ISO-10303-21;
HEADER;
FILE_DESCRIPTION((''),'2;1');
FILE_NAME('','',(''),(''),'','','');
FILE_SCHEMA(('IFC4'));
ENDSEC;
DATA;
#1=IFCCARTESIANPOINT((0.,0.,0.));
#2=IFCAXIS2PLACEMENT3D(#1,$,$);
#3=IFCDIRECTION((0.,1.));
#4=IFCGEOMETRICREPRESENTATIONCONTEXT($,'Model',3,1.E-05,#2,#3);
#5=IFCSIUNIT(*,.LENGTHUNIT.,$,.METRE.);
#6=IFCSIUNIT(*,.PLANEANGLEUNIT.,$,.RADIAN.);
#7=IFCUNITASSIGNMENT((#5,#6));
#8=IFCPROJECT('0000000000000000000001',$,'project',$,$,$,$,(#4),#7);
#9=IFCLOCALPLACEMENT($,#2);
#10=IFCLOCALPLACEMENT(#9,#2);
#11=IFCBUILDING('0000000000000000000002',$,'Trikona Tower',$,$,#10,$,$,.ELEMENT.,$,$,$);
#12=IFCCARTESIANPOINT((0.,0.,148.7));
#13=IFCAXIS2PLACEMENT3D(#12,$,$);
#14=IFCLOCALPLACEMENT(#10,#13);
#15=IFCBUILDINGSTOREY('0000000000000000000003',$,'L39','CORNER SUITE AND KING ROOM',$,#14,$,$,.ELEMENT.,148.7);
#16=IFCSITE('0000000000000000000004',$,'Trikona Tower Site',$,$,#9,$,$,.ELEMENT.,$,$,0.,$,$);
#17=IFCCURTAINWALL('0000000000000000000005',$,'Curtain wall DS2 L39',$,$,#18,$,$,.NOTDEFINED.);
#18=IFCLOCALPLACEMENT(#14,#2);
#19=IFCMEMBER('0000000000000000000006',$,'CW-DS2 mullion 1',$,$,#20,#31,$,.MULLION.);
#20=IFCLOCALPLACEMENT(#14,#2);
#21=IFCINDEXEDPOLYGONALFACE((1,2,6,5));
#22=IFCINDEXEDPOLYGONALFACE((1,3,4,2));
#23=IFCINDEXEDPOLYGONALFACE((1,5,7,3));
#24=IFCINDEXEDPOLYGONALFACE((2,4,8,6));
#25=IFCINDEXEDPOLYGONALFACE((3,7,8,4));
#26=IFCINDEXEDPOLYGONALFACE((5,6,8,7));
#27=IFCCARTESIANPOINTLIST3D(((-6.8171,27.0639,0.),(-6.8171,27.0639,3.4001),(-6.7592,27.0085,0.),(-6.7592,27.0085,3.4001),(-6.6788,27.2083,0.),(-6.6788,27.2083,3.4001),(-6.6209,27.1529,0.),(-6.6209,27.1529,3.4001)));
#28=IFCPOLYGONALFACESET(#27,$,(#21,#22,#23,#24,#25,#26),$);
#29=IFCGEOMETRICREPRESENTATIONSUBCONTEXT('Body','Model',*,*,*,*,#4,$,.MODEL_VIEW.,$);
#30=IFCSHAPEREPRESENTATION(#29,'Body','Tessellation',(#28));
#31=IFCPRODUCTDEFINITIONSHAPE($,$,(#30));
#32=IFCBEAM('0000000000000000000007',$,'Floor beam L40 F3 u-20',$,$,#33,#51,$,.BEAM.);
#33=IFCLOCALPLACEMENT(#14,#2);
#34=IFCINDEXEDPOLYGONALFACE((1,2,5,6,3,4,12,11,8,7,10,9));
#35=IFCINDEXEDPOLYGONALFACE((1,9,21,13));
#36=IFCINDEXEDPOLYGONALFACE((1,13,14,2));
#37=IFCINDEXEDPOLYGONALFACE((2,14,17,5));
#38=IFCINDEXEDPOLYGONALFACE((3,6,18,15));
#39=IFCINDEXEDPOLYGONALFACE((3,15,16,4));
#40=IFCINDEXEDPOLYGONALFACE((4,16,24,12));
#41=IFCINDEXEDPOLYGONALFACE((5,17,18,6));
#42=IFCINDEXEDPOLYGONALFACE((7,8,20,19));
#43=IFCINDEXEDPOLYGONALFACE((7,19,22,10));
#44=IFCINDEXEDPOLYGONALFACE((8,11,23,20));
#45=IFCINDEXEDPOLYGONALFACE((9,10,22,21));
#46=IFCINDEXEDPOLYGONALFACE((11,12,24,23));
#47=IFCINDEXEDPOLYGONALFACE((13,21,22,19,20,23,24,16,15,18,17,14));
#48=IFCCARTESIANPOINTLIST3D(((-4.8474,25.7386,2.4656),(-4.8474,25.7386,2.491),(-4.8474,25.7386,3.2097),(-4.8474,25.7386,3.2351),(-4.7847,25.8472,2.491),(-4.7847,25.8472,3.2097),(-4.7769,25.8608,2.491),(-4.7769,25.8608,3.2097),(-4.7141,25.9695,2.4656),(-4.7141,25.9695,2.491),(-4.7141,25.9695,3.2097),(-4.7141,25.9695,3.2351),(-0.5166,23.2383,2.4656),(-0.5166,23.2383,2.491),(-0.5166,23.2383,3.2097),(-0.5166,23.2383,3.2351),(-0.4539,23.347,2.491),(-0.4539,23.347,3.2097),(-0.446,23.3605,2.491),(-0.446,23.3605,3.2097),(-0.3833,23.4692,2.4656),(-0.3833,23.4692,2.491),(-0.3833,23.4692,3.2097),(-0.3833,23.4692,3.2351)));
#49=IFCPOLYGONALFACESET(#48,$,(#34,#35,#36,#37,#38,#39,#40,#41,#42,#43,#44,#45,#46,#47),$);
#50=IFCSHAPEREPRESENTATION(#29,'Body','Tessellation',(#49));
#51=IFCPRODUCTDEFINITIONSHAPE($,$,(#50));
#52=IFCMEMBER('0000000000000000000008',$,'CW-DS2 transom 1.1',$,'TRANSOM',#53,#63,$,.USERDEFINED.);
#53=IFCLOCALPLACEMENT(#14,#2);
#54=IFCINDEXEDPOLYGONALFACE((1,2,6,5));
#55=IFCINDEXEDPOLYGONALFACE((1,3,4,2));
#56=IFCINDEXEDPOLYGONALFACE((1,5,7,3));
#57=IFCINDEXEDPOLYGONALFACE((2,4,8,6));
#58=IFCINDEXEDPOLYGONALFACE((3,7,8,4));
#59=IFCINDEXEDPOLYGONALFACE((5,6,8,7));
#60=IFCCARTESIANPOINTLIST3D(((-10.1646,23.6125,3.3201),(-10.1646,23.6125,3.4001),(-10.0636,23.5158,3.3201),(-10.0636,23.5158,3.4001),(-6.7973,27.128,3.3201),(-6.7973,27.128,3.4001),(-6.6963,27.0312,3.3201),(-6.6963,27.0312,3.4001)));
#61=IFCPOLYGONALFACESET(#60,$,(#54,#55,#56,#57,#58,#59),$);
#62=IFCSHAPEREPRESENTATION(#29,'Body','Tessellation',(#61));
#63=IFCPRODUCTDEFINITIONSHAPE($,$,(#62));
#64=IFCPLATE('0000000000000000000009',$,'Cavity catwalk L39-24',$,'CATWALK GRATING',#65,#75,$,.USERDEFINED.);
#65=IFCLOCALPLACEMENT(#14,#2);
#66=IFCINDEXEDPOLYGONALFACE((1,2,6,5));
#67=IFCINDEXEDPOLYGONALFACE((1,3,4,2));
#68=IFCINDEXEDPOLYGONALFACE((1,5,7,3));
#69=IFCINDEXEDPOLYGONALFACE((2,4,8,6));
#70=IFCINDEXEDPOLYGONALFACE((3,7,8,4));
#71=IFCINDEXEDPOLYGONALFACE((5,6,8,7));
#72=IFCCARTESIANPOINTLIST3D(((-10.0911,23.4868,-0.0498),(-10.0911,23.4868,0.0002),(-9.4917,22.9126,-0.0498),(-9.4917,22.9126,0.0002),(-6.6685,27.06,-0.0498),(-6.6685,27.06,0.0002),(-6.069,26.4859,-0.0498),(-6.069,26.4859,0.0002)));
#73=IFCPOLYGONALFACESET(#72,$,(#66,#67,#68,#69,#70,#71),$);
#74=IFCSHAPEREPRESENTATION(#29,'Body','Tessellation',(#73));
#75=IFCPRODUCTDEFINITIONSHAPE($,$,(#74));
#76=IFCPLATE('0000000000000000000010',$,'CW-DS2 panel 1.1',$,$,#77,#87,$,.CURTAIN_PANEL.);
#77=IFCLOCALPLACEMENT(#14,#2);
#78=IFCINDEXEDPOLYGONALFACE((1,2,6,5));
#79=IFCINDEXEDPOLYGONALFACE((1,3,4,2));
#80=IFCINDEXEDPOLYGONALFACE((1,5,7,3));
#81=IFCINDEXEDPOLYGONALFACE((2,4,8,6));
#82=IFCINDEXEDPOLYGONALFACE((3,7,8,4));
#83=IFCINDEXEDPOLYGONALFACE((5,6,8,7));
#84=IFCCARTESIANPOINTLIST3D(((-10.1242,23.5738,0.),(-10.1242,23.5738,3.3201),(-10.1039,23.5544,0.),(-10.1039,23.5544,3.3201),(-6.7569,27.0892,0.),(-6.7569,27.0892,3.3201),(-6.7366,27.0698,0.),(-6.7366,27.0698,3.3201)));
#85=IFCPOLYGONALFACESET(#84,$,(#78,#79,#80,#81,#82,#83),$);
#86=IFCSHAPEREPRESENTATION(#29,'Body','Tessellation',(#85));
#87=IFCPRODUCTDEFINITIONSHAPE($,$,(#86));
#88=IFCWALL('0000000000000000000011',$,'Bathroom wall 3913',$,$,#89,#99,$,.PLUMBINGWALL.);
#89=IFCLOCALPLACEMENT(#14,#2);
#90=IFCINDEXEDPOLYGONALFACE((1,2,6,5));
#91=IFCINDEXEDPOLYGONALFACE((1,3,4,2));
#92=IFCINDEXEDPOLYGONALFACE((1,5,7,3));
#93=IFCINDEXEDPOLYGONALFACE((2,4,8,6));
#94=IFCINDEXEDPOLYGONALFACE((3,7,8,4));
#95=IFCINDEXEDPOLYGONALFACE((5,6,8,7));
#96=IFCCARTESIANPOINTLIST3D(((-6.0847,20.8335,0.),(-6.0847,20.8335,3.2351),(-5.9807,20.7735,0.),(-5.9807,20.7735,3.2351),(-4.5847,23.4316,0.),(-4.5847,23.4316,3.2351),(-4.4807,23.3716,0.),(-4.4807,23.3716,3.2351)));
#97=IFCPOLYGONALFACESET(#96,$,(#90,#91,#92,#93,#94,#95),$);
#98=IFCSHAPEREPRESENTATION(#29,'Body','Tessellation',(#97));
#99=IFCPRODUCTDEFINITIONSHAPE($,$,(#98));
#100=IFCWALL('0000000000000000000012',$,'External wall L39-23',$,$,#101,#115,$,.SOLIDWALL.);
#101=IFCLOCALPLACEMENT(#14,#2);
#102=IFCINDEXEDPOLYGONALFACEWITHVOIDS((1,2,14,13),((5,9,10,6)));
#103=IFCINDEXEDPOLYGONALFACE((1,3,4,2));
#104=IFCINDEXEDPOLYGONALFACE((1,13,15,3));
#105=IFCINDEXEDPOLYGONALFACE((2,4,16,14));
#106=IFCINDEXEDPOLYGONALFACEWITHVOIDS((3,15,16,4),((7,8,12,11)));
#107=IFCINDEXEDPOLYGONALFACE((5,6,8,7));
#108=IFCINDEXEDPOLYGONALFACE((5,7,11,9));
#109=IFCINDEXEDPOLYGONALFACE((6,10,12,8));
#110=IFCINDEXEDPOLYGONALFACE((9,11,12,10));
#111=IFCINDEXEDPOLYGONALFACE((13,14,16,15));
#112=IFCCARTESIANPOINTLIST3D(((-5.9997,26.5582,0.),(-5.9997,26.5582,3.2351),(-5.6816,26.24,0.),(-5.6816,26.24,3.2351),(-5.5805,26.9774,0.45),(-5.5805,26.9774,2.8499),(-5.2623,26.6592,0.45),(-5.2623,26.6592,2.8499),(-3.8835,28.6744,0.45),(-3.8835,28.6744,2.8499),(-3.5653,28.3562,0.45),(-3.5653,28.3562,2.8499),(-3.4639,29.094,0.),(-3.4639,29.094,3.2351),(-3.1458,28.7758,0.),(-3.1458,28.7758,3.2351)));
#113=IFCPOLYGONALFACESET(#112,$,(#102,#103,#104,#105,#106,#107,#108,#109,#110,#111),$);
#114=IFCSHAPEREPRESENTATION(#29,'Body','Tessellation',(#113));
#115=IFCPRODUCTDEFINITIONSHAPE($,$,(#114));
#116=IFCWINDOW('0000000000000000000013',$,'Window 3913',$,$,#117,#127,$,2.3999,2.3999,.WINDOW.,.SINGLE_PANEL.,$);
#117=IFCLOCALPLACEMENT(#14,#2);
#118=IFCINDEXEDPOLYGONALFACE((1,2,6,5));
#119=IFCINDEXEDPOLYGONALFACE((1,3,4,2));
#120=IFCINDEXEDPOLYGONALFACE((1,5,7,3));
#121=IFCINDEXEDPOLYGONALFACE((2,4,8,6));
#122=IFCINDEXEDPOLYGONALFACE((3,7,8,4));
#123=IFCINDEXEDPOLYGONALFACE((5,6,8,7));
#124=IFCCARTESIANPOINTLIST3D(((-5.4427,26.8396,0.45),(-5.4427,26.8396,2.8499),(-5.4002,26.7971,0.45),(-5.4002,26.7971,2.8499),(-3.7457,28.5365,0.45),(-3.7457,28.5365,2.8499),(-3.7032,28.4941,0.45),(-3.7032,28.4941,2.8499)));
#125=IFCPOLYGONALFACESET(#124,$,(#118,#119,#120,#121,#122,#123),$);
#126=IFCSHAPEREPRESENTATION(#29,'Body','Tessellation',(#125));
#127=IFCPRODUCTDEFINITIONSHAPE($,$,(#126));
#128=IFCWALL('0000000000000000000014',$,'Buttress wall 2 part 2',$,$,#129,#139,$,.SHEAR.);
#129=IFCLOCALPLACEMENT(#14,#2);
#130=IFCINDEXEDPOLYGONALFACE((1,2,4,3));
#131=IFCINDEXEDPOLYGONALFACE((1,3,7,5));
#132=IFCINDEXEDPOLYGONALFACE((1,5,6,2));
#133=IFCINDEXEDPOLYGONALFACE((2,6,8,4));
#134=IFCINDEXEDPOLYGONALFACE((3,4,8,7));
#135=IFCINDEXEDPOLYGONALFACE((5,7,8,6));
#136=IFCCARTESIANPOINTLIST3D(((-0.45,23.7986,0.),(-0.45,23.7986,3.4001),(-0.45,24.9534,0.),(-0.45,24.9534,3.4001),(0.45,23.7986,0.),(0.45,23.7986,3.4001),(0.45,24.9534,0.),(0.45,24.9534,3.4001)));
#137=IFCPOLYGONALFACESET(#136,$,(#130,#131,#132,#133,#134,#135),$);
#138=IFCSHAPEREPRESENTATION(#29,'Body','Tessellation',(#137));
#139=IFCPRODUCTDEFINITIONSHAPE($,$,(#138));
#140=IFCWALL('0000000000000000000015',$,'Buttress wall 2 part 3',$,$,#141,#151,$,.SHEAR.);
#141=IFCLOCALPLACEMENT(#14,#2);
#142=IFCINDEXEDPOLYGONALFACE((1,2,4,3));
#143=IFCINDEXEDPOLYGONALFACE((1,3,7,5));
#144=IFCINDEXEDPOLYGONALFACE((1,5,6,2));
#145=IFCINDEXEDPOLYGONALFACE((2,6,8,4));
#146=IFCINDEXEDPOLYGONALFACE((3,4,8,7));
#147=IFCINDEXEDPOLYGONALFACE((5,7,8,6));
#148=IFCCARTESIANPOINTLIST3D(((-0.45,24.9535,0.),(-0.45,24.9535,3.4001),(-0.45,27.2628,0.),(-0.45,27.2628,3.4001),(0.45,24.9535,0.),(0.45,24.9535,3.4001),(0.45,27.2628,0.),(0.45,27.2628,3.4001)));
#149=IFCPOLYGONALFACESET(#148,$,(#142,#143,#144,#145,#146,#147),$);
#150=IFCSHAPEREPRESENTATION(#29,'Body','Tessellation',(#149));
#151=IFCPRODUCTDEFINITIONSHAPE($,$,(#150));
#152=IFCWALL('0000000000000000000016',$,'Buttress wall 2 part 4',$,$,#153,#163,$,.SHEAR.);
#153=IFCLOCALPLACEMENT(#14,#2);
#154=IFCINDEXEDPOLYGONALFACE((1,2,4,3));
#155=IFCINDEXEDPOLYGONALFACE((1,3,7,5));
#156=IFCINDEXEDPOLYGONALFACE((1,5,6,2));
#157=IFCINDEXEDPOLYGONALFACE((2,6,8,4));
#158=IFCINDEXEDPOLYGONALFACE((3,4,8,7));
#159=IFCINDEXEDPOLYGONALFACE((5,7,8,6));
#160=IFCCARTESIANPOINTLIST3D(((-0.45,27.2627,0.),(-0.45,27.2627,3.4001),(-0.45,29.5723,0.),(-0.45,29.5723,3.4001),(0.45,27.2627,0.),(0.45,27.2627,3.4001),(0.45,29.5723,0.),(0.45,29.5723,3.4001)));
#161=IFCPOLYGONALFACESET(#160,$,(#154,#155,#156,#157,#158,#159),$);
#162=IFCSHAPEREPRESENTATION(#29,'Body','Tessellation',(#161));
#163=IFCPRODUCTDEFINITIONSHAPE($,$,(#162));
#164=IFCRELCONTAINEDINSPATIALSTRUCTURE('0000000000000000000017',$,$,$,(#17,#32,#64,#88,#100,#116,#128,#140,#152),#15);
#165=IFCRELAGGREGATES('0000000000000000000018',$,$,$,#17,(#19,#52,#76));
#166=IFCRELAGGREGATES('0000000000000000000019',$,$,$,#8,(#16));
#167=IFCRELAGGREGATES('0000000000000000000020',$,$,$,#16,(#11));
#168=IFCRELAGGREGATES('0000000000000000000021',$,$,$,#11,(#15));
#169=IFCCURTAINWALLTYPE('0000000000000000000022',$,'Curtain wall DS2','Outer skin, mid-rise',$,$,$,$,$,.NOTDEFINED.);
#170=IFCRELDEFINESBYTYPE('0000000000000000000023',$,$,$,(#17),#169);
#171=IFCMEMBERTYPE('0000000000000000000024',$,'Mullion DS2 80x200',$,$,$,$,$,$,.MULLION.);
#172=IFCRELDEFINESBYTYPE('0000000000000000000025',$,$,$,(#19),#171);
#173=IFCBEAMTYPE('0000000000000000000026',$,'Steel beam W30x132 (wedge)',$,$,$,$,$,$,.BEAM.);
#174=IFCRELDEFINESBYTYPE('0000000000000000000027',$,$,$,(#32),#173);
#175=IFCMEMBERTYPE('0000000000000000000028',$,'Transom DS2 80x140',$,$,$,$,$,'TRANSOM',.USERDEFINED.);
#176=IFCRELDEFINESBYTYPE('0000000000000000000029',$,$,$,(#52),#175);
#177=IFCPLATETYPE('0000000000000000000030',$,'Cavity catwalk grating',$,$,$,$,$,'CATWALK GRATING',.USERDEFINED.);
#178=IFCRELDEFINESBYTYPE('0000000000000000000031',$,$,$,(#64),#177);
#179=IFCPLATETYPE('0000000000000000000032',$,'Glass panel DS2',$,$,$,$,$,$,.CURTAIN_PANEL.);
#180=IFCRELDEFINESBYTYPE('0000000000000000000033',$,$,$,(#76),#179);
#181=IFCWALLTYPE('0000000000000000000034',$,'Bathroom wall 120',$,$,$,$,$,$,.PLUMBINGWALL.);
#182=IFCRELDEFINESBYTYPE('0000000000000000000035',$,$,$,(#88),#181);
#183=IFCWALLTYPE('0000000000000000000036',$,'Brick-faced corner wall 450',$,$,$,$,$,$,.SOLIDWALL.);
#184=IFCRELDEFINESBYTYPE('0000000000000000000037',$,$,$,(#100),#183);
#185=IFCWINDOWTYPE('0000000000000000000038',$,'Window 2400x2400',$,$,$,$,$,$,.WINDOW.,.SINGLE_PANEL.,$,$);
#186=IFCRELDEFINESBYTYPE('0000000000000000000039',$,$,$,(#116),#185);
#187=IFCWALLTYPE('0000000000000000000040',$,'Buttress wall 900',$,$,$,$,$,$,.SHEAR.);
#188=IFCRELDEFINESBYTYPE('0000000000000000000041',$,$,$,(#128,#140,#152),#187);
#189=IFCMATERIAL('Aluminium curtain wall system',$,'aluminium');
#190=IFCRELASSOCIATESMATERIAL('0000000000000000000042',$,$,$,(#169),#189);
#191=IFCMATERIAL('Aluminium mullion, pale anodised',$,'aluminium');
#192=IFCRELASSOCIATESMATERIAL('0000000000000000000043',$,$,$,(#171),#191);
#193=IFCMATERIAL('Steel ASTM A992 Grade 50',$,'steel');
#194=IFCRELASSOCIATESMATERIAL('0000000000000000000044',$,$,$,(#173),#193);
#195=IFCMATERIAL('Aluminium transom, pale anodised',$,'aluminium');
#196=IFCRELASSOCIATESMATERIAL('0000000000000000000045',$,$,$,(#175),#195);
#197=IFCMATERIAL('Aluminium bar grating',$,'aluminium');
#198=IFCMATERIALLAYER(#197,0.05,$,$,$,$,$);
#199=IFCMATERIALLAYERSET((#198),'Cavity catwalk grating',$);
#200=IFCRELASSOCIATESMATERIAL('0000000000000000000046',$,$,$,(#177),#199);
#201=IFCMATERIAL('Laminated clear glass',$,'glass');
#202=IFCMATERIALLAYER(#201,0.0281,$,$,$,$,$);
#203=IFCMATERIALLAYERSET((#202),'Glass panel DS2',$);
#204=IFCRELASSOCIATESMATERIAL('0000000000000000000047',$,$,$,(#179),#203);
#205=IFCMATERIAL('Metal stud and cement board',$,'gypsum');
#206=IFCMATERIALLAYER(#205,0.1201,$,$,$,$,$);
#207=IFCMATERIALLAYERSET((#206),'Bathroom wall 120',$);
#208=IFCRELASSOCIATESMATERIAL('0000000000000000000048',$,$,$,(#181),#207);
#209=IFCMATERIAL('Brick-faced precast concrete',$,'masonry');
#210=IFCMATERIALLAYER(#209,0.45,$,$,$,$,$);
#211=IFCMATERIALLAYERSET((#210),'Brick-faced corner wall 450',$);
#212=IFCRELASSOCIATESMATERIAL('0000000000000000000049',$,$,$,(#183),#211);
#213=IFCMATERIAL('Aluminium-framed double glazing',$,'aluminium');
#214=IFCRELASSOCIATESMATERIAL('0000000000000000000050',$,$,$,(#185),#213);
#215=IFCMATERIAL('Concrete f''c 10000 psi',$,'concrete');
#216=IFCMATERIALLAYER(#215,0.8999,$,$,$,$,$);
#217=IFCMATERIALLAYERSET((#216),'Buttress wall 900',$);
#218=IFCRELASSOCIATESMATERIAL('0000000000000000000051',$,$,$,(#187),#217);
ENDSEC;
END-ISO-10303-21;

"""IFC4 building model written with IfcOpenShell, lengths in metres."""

from ifc_helpers import new_model, si_unit, direction, frame, frame_2d, origin, origin_2d, place, context, subcontext, project, spatial, rectangle, i_section, extrude, material, layer, layer_set, material_profile, profile_set, type_object, element, fill, aggregate, save


model = new_model("IFC4")

# Units and contexts
model_context = context("Model", 3, precision=1e-05, world=origin(), true_north=direction((0.0, 1.0)))
body_context = subcontext(model_context, "Body", "Model", "MODEL_VIEW")
ifc_project = project(units=[si_unit("LENGTHUNIT", "METRE"), si_unit("PLANEANGLEUNIT", "RADIAN")], contexts=[model_context])

# Site, building, storey
site_placement = place(None, origin())
site = spatial("IfcSite", under=ifc_project, at=site_placement, Name="Trikona Tower Site", CompositionType="ELEMENT", RefElevation=0.0)
building_placement = place(site_placement, origin())
building = spatial("IfcBuilding", under=site, at=building_placement, Name="Trikona Tower", CompositionType="ELEMENT")
storey_placement = place(building_placement, frame((0.0, 0.0, 148.7)))
storey = spatial("IfcBuildingStorey", under=building, at=storey_placement, Name="L39", Description="CORNER SUITE AND KING ROOM", CompositionType="ELEMENT", Elevation=148.7)

# Curtain wall, member
ifc_material_1 = material(Name="Aluminium curtain wall system", Category="aluminium")
curtain_wall_type = type_object("IfcCurtainWallType", Name="Curtain wall DS2", Description="Outer skin, mid-rise", PredefinedType="NOTDEFINED", material=ifc_material_1)
curtain_wall_placement = place(storey_placement, origin())
curtain_wall = element("IfcCurtainWall", 1, at=curtain_wall_placement, inside=storey, type_object=curtain_wall_type, Name="Curtain wall DS2 L39", PredefinedType="NOTDEFINED")
ifc_material_2 = material(Name="Aluminium mullion, pale anodised", Category="aluminium")
ifc_material_profile_1 = material_profile(ifc_material_2, rectangle(XDim=0.0801, YDim=0.2, at=origin_2d()), Name="MUL-DS2")
ifc_profile_set_1 = profile_set([ifc_material_profile_1], Name="Aluminium mullion, pale anodised")
member_type_1 = type_object("IfcMemberType", Name="Mullion DS2 80x200", PredefinedType="MULLION", material=ifc_profile_set_1)
member_1_placement = place(storey_placement, frame((-6.719, 27.1084, 0.0), z_axis=(0.0, 0.0, 1.0), x_axis=(0.722158, -0.691728, 0.0)))
member_1 = element("IfcMember", 2, at=member_1_placement, type_object=member_type_1, Name="CW-DS2 mullion 1", PredefinedType="MULLION", context=body_context, shape_type="SweptSolid", body=[
    extrude(rectangle(XDim=0.0801, YDim=0.2, at=origin_2d()), origin(), (0.0, 0.0, 1.0), 3.4001),
])

# Beam
ifc_material_3 = material(Name="Steel ASTM A992 Grade 50", Category="steel")
ifc_material_profile_2 = material_profile(ifc_material_3, i_section(OverallWidth=0.2666, OverallDepth=0.7695, WebThickness=0.0156, FlangeThickness=0.0254, at=origin_2d()), Name="W30X132")
ifc_profile_set_2 = profile_set([ifc_material_profile_2], Name="Steel ASTM A992 Grade 50")
beam_type = type_object("IfcBeamType", Name="Steel beam W30x132 (wedge)", PredefinedType="BEAM", material=ifc_profile_set_2)
beam_placement = place(storey_placement, frame((-0.45, 23.3538, 2.8503), z_axis=(-0.866038, 0.499977, 0.0), x_axis=(-0.499977, -0.866038, 0.0)))
element("IfcBeam", 3, at=beam_placement, inside=storey, type_object=beam_type, Name="Floor beam L40 F3 u-20", PredefinedType="BEAM", context=body_context, shape_type="SweptSolid", body=[
    extrude(i_section(OverallWidth=0.2666, OverallDepth=0.7695, WebThickness=0.0156, FlangeThickness=0.0254, at=origin_2d()), origin(), (0.0, 0.0, 1.0), 5.0007),
])

# Member
ifc_material_4 = material(Name="Aluminium transom, pale anodised", Category="aluminium")
ifc_material_profile_3 = material_profile(ifc_material_4, rectangle(XDim=0.1399, YDim=0.0801, at=origin_2d()), Name="TRN-DS2")
ifc_profile_set_3 = profile_set([ifc_material_profile_3], Name="Aluminium transom, pale anodised")
member_type_2 = type_object("IfcMemberType", Name="Transom DS2 80x140", ElementType="TRANSOM", PredefinedType="USERDEFINED", material=ifc_profile_set_3)
member_2_placement = place(storey_placement, frame((-6.7468, 27.0796, 3.3601), z_axis=(-0.691721, -0.722165, 0.0), x_axis=(0.722165, -0.691721, 0.0)))
member_2 = element("IfcMember", 4, at=member_2_placement, type_object=member_type_2, Name="CW-DS2 transom 1.1", ObjectType="TRANSOM", PredefinedType="USERDEFINED", context=body_context, shape_type="SweptSolid", body=[
    extrude(rectangle(XDim=0.1399, YDim=0.0801, at=origin_2d()), origin(), (0.0, 0.0, 1.0), 4.8679),
])

# Plates
ifc_material_5 = material(Name="Aluminium bar grating", Category="aluminium")
ifc_layer_1 = layer(ifc_material_5, 0.05)
ifc_layer_set_1 = layer_set([ifc_layer_1], Name="Cavity catwalk grating")
plate_type_1 = type_object("IfcPlateType", Name="Cavity catwalk grating", ElementType="CATWALK GRATING", PredefinedType="USERDEFINED", material=ifc_layer_set_1)
plate_1_placement = place(storey_placement, frame((-8.0801, 24.9863, -0.0498), z_axis=(0.0, 0.0, 1.0), x_axis=(-0.691724, -0.722162, 0.0)))
element("IfcPlate", 5, at=plate_1_placement, inside=storey, type_object=plate_type_1, Name="Cavity catwalk L39-24", ObjectType="CATWALK GRATING", PredefinedType="USERDEFINED", context=body_context, shape_type="SweptSolid", body=[
    extrude(rectangle(XDim=4.948, YDim=0.8301, at=origin_2d()), origin(), (0.0, 0.0, 1.0), 0.05),
])
ifc_material_6 = material(Name="Laminated clear glass", Category="glass")
ifc_layer_2 = layer(ifc_material_6, 0.0281)
ifc_layer_set_2 = layer_set([ifc_layer_2], Name="Glass panel DS2")
plate_type_2 = type_object("IfcPlateType", Name="Glass panel DS2", PredefinedType="CURTAIN_PANEL", material=ifc_layer_set_2)
plate_2_placement = place(storey_placement, frame((-8.4304, 25.3218, 0.0), z_axis=(0.0, 0.0, 1.0), x_axis=(-0.691728, -0.722158, 0.0)))
plate_2 = element("IfcPlate", 6, at=plate_2_placement, type_object=plate_type_2, Name="CW-DS2 panel 1.1", PredefinedType="CURTAIN_PANEL", context=body_context, shape_type="SweptSolid", body=[
    extrude(rectangle(XDim=4.8679, YDim=0.0281, at=origin_2d()), origin(), (0.0, 0.0, 1.0), 3.3201),
])
aggregate(curtain_wall, [member_1, member_2, plate_2])

# Wall
ifc_material_7 = material(Name="Metal stud and cement board", Category="gypsum")
ifc_layer_3 = layer(ifc_material_7, 0.1201)
ifc_layer_set_3 = layer_set([ifc_layer_3], Name="Bathroom wall 120")
wall_type_1 = type_object("IfcWallType", Name="Bathroom wall 120", PredefinedType="PLUMBINGWALL", material=ifc_layer_set_3)
wall_1_placement = place(storey_placement, frame((-4.5327, 23.4016, 0.0), z_axis=(0.0, 0.0, 1.0), x_axis=(-0.49999, -0.866031, 0.0)))
element("IfcWall", 7, at=wall_1_placement, inside=storey, type_object=wall_type_1, Name="Bathroom wall 3913", PredefinedType="PLUMBINGWALL", context=body_context, shape_type="SweptSolid", body=[
    extrude(rectangle(XDim=3.0, YDim=0.1201, at=frame_2d((1.5, 0.0))), origin(), (0.0, 0.0, 1.0), 3.2351),
])

# Wall, opening, window
ifc_material_8 = material(Name="Brick-faced precast concrete", Category="masonry")
ifc_layer_4 = layer(ifc_material_8, 0.45)
ifc_layer_set_4 = layer_set([ifc_layer_4], Name="Brick-faced corner wall 450")
wall_type_2 = type_object("IfcWallType", Name="Brick-faced corner wall 450", PredefinedType="SOLIDWALL", material=ifc_layer_set_4)
wall_2_placement = place(storey_placement, frame((-3.3049, 28.9348, 0.0), z_axis=(0.0, 0.0, 1.0), x_axis=(-0.707107, -0.707107, 0.0)))
wall_2 = element("IfcWall", 8, at=wall_2_placement, inside=storey, type_object=wall_type_2, Name="External wall L39-23", PredefinedType="SOLIDWALL", context=body_context, shape_type="SweptSolid", body=[
    extrude(rectangle(XDim=3.5862, YDim=0.45, at=frame_2d((1.793, 0.0))), origin(), (0.0, 0.0, 1.0), 3.2351),
])
opening_1_placement = place(wall_2_placement, frame((0.5933, 0.0, 0.45)))
opening_1 = element("IfcOpeningElement", 9, at=opening_1_placement, cuts=wall_2, PredefinedType="OPENING", context=body_context, shape_type="SweptSolid", body=[
    extrude(rectangle(XDim=2.3999, YDim=2.3999, at=frame_2d((1.2, 1.2))), frame((0.0, 0.2349, 0.0), z_axis=(0.0, -1.0, 0.0), x_axis=(1.0, 0.0, 0.0)), (0.0, 0.0, 1.0), 0.47),
])
ifc_material_9 = material(Name="Aluminium-framed double glazing", Category="aluminium")
window_type_1 = type_object("IfcWindowType", Name="Window 2400x2400", PartitioningType="SINGLE_PANEL", PredefinedType="WINDOW", material=ifc_material_9)
window_1_placement = place(opening_1_placement, origin())
window_1 = element("IfcWindow", 10, at=window_1_placement, inside=storey, type_object=window_type_1, Name="Window 3913", OverallHeight=2.3999, OverallWidth=2.3999, PartitioningType="SINGLE_PANEL", PredefinedType="WINDOW", context=body_context, shape_type="SweptSolid", body=[
    extrude(rectangle(XDim=2.3999, YDim=2.3999, at=frame_2d((1.2, 1.2))), frame((0.0, 0.03, 0.0), z_axis=(0.0, -1.0, 0.0), x_axis=(1.0, 0.0, 0.0)), (0.0, 0.0, 1.0), 0.0601),
])
fill(opening_1, window_1)

# Walls
ifc_material_10 = material(Name="Concrete f'c 10000 psi", Category="concrete")
ifc_layer_5 = layer(ifc_material_10, 0.8999)
ifc_layer_set_5 = layer_set([ifc_layer_5], Name="Buttress wall 900")
wall_type_3 = type_object("IfcWallType", Name="Buttress wall 900", PredefinedType="SHEAR", material=ifc_layer_set_5)
wall_3_placement = place(storey_placement, frame((0.0, 23.7986, 0.0), z_axis=(0.0, 0.0, 1.0), x_axis=(0.0, 1.0, 0.0)))
element("IfcWall", 11, at=wall_3_placement, inside=storey, type_object=wall_type_3, Name="Buttress wall 2 part 2", PredefinedType="SHEAR", context=body_context, shape_type="SweptSolid", body=[
    extrude(rectangle(XDim=1.1548, YDim=0.8999, at=frame_2d((0.5774, 0.0))), origin(), (0.0, 0.0, 1.0), 3.4001),
])
wall_4_placement = place(storey_placement, frame((0.0, 24.9534, 0.0), z_axis=(0.0, 0.0, 1.0), x_axis=(0.0, 1.0, 0.0)))
element("IfcWall", 12, at=wall_4_placement, inside=storey, type_object=wall_type_3, Name="Buttress wall 2 part 3", PredefinedType="SHEAR", context=body_context, shape_type="SweptSolid", body=[
    extrude(rectangle(XDim=2.3093, YDim=0.8999, at=frame_2d((1.1548, 0.0))), origin(), (0.0, 0.0, 1.0), 3.4001),
])
wall_5_placement = place(storey_placement, frame((0.0, 27.2627, 0.0), z_axis=(0.0, 0.0, 1.0), x_axis=(0.0, 1.0, 0.0)))
element("IfcWall", 13, at=wall_5_placement, inside=storey, type_object=wall_type_3, Name="Buttress wall 2 part 4", PredefinedType="SHEAR", context=body_context, shape_type="SweptSolid", body=[
    extrude(rectangle(XDim=2.3096, YDim=0.8999, at=frame_2d((1.1548, 0.0))), origin(), (0.0, 0.0, 1.0), 3.4001),
])

save(model, "model.ifc")
